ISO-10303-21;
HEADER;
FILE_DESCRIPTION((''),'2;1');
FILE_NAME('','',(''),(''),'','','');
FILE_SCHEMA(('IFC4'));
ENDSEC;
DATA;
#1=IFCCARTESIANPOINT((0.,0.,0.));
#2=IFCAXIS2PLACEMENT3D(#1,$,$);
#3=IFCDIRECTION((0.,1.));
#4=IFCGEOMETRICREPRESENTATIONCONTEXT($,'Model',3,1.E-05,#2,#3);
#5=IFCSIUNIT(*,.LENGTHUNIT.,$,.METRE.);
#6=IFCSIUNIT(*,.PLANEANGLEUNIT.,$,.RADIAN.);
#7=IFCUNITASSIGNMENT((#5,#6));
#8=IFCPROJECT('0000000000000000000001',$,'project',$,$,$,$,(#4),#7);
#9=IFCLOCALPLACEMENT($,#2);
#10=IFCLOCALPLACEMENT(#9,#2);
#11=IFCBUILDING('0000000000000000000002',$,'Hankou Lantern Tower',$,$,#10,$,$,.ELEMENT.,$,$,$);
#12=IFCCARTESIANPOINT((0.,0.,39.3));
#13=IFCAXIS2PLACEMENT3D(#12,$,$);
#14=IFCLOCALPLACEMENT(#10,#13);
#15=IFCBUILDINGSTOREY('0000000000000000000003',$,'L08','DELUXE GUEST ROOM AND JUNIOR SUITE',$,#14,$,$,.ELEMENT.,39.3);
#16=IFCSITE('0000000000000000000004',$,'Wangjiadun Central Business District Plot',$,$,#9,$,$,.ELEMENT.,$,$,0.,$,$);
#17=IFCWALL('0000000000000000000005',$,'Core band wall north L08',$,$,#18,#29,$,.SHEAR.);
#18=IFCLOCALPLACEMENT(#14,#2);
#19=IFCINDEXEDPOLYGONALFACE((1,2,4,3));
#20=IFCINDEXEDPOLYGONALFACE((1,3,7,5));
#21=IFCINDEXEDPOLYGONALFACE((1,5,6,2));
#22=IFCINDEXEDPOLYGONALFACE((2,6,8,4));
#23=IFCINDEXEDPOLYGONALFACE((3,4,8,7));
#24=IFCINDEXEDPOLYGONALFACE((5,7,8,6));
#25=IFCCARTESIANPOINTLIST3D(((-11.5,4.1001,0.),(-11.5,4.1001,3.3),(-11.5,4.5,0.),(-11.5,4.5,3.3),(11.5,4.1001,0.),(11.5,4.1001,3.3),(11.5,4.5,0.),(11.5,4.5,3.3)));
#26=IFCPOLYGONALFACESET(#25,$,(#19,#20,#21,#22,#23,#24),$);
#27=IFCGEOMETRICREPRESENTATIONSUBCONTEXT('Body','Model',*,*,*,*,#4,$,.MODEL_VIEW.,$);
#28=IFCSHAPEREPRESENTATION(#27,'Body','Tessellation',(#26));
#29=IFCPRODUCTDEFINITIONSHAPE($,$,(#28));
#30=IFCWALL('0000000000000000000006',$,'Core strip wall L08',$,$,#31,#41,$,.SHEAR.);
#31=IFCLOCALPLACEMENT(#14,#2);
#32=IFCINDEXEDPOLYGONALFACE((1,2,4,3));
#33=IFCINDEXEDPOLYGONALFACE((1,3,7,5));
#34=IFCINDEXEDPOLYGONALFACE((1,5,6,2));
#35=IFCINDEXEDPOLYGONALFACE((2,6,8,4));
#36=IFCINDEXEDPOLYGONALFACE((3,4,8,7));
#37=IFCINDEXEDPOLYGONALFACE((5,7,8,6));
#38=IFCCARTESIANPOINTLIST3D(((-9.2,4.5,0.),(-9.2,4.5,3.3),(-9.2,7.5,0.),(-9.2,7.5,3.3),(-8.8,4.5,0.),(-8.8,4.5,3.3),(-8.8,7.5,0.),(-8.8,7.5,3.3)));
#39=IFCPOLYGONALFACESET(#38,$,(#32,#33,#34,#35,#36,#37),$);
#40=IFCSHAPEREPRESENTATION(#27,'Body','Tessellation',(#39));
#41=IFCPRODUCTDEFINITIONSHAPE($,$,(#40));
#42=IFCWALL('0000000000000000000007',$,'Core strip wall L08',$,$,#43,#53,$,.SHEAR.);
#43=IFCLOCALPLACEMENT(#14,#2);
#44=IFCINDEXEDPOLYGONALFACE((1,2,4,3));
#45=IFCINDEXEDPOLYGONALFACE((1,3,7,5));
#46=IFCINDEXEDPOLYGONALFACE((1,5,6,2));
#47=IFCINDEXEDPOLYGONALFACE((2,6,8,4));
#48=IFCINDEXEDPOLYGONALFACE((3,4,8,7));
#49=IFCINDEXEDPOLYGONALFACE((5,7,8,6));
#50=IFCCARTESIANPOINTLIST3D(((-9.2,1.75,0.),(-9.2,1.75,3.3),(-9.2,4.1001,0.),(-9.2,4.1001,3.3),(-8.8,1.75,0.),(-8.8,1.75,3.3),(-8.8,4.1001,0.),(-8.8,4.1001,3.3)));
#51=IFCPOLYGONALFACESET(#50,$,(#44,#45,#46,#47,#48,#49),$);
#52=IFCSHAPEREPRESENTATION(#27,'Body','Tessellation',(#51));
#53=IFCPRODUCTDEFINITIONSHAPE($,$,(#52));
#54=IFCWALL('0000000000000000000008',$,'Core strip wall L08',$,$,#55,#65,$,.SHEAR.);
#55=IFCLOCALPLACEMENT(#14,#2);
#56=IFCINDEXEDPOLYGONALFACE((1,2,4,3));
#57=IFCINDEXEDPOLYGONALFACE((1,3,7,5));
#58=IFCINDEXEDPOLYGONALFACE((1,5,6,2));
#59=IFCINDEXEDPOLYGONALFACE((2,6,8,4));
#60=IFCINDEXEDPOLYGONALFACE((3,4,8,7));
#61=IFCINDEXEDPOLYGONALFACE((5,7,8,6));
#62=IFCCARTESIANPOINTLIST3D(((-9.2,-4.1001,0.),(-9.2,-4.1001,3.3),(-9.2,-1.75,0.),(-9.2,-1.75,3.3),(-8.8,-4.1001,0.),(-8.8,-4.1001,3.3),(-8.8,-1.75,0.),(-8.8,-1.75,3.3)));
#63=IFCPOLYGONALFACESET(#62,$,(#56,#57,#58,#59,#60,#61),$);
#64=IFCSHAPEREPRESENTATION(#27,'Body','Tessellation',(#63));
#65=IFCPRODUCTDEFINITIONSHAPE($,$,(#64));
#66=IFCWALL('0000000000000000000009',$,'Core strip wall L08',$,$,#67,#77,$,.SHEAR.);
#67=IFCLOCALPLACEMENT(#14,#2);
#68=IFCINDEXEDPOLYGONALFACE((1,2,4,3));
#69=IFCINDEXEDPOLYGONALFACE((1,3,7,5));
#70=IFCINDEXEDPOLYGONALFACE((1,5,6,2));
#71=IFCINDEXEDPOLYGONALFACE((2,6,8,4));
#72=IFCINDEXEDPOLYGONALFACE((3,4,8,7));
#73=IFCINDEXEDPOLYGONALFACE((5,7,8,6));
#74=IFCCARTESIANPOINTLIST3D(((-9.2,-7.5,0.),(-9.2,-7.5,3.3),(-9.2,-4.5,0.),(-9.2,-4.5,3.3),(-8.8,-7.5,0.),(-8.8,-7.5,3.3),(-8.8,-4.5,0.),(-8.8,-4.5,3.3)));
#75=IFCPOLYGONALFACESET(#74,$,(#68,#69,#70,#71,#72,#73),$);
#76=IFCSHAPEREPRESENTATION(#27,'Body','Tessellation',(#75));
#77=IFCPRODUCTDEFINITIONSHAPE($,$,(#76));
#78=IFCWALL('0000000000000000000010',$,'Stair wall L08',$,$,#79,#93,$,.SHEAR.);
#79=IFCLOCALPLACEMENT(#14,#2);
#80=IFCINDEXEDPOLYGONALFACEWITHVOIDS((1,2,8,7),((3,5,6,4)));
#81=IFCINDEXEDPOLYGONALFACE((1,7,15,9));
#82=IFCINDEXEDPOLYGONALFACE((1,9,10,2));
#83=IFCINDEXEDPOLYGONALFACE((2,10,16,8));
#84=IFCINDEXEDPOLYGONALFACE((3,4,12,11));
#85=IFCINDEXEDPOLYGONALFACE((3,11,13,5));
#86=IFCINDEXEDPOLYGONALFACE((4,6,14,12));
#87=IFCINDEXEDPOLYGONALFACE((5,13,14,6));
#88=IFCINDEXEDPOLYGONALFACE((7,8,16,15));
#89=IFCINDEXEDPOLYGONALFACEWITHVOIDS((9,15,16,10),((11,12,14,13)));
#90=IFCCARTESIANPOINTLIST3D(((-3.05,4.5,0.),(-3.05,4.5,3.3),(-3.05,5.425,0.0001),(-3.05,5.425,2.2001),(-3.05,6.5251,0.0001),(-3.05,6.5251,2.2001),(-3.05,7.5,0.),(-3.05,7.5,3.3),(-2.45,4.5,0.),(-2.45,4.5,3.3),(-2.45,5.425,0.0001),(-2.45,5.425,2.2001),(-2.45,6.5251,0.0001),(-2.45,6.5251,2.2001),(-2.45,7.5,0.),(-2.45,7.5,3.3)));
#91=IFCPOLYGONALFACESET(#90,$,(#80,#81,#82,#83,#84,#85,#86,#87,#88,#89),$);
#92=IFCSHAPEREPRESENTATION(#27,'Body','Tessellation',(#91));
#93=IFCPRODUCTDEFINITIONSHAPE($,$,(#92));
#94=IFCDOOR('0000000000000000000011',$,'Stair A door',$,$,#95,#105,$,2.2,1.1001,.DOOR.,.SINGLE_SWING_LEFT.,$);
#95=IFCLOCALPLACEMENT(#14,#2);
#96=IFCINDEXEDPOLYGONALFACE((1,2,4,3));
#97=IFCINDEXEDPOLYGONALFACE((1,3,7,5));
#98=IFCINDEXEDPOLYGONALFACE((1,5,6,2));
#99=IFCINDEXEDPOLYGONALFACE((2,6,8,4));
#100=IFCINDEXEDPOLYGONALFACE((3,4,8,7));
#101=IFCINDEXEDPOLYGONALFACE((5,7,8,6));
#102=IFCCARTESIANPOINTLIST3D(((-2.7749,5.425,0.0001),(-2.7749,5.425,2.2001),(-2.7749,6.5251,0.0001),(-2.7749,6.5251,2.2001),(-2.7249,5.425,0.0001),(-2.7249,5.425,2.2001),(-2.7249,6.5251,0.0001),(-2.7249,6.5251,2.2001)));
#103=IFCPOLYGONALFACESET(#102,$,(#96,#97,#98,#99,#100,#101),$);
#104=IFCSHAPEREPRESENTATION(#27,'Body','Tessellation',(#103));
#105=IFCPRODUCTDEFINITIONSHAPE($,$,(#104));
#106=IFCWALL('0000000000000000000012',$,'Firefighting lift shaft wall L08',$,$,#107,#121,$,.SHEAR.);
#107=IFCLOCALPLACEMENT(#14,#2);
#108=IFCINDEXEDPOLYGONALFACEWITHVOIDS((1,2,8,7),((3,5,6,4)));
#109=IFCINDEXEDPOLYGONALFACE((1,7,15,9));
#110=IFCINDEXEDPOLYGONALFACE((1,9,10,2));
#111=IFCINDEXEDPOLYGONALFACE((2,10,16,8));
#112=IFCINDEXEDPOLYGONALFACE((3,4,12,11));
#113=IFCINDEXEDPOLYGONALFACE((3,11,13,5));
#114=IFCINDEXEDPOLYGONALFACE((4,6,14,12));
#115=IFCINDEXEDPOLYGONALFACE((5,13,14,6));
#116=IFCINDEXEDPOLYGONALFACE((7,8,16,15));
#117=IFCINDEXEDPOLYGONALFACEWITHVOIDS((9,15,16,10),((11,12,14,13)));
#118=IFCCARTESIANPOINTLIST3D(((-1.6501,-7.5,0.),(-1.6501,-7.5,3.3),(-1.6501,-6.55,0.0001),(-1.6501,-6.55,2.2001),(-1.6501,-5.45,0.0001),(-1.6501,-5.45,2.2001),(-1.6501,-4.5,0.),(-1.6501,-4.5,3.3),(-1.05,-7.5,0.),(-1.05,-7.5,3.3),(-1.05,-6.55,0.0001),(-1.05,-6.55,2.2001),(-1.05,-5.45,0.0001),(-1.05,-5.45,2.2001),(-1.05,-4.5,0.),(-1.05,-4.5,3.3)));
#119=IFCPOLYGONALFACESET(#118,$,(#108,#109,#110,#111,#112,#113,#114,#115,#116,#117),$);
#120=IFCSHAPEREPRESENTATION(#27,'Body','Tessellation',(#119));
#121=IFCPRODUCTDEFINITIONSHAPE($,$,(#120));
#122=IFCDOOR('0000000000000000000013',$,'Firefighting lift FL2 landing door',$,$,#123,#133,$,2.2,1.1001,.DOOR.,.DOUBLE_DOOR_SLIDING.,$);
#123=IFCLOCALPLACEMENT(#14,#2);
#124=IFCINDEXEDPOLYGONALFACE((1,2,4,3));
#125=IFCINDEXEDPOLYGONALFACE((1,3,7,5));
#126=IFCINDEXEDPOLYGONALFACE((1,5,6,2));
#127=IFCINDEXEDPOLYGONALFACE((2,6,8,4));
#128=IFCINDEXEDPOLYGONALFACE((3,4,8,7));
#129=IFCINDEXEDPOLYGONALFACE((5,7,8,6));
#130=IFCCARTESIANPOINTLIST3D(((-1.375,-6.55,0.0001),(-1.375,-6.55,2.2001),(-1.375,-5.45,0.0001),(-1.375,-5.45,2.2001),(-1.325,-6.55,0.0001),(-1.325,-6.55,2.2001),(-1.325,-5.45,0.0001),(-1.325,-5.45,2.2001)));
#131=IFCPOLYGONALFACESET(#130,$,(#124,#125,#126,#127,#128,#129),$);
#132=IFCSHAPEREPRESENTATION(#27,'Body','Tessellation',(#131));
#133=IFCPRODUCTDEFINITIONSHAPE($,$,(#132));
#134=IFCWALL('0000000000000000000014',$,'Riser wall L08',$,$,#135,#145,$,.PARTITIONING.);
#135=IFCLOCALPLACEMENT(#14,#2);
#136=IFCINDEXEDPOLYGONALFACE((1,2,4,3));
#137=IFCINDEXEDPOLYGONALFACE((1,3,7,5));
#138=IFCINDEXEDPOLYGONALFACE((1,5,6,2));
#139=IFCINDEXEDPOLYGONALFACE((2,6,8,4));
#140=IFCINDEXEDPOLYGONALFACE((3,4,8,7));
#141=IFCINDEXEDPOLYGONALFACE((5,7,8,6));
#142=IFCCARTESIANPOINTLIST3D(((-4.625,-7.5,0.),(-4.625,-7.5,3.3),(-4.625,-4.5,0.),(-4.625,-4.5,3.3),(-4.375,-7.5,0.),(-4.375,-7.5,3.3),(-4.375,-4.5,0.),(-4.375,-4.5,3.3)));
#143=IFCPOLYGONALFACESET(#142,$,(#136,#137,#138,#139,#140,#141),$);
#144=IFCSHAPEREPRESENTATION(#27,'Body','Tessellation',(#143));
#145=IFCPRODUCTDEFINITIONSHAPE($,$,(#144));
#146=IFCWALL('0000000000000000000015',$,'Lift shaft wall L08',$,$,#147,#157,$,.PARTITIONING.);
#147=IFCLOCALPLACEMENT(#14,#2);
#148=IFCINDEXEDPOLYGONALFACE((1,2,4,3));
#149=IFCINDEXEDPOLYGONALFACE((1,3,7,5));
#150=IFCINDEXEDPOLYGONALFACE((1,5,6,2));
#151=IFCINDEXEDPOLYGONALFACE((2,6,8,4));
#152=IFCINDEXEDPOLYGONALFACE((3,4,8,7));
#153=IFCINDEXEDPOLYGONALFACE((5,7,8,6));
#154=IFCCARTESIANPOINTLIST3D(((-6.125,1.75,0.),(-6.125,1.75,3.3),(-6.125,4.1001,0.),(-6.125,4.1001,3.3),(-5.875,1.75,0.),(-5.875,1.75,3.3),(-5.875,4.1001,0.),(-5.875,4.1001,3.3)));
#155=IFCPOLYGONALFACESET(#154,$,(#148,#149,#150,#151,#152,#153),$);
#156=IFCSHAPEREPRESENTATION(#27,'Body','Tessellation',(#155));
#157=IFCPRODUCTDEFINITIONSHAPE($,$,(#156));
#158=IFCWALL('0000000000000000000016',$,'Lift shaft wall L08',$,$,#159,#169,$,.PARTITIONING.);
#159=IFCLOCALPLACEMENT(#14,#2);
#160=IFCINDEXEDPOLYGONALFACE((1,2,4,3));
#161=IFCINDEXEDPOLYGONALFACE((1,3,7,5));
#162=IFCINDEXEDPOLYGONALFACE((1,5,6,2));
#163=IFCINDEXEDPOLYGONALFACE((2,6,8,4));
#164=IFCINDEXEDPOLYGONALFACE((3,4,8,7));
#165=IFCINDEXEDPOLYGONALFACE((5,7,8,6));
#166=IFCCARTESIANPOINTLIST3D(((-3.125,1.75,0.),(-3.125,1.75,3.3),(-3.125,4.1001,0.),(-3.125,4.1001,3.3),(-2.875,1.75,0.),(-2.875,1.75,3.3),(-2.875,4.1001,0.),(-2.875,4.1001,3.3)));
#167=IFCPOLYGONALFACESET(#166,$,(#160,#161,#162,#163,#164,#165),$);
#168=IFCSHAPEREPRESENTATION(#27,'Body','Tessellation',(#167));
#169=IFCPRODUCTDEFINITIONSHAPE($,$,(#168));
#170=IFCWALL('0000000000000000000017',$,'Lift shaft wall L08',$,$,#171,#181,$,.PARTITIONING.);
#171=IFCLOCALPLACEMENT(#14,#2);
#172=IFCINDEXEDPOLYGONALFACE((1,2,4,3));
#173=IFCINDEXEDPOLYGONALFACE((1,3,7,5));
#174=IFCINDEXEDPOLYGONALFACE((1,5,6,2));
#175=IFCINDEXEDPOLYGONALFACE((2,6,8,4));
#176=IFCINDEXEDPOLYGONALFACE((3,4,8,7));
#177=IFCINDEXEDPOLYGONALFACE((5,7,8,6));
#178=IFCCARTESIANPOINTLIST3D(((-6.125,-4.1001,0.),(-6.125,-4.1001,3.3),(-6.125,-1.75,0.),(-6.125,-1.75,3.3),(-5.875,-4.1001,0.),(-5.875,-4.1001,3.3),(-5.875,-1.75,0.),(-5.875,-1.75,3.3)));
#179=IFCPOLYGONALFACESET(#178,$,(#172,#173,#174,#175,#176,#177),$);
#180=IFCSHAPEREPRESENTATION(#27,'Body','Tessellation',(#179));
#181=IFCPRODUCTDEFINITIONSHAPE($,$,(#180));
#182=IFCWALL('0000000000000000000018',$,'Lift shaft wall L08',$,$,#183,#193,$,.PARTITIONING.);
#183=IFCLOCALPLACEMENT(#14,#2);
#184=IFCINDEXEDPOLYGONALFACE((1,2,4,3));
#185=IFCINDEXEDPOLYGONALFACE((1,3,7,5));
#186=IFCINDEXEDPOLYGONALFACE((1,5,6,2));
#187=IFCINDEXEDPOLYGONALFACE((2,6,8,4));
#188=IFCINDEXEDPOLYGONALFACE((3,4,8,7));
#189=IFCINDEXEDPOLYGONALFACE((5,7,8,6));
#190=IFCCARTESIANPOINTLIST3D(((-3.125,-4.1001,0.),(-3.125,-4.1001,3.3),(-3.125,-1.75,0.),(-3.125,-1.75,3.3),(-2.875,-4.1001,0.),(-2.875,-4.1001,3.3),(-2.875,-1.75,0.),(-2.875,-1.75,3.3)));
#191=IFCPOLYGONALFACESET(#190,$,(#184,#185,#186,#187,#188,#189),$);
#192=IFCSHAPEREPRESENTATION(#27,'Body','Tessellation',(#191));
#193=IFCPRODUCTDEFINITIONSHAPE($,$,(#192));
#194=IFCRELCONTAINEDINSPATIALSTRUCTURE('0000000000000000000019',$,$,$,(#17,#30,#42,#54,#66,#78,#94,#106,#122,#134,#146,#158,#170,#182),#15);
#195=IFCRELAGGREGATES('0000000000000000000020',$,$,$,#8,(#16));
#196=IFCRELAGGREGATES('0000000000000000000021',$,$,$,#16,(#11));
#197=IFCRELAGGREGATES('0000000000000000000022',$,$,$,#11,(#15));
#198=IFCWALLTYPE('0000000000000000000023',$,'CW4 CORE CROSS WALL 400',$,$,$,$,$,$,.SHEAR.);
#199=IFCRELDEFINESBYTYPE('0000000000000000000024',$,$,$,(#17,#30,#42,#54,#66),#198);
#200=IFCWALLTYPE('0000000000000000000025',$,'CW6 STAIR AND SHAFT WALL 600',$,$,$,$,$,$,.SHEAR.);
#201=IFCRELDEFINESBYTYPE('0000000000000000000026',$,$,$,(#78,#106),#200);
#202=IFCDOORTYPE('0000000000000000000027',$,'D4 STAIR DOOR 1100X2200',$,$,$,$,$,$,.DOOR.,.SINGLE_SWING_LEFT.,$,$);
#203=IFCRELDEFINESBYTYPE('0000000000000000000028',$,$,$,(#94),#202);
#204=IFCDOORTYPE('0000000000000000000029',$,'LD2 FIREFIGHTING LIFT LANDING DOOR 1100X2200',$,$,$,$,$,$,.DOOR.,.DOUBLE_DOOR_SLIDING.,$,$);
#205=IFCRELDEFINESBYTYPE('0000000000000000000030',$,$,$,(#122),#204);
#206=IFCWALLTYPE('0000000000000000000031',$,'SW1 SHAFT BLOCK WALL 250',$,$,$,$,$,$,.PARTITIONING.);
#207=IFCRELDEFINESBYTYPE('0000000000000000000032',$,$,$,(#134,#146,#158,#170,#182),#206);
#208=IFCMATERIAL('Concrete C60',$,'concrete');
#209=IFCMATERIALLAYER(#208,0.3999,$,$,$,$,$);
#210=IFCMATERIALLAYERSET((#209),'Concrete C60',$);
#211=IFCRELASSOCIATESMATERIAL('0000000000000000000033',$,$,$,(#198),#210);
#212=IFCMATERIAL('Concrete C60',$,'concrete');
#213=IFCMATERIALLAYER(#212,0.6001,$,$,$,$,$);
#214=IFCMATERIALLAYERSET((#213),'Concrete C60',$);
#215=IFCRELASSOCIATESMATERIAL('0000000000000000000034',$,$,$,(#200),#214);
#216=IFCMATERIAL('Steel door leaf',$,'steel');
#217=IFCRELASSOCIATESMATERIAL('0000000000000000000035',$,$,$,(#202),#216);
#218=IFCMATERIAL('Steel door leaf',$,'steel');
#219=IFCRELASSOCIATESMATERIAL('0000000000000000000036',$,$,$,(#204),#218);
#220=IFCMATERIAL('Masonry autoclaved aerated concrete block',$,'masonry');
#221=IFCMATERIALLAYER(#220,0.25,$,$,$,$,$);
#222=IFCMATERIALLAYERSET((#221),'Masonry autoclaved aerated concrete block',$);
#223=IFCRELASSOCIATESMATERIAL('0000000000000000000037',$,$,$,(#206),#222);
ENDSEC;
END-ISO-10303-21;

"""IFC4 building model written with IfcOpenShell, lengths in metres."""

from ifc_helpers import new_model, si_unit, direction, frame, frame_2d, origin, place, context, subcontext, project, spatial, rectangle, extrude, material, layer, layer_set, type_object, element, fill, save


model = new_model("IFC4")

# Units and contexts
model_context = context("Model", 3, precision=1e-05, world=origin(), true_north=direction((0.0, 1.0)))
body_context = subcontext(model_context, "Body", "Model", "MODEL_VIEW")
ifc_project = project(units=[si_unit("LENGTHUNIT", "METRE"), si_unit("PLANEANGLEUNIT", "RADIAN")], contexts=[model_context])

# Site, building, storey
site_placement = place(None, origin())
site = spatial("IfcSite", under=ifc_project, at=site_placement, Name="Wangjiadun Central Business District Plot", CompositionType="ELEMENT", RefElevation=0.0)
building_placement = place(site_placement, origin())
building = spatial("IfcBuilding", under=site, at=building_placement, Name="Hankou Lantern Tower", CompositionType="ELEMENT")
storey_placement = place(building_placement, frame((0.0, 0.0, 39.3)))
storey = spatial("IfcBuildingStorey", under=building, at=storey_placement, Name="L08", Description="DELUXE GUEST ROOM AND JUNIOR SUITE", CompositionType="ELEMENT", Elevation=39.3)

# Walls
ifc_material_1 = material(Name="Concrete C60", Category="concrete")
ifc_layer_1 = layer(ifc_material_1, 0.3999)
ifc_layer_set_1 = layer_set([ifc_layer_1], Name="Concrete C60")
wall_type_1 = type_object("IfcWallType", Name="CW4 CORE CROSS WALL 400", PredefinedType="SHEAR", material=ifc_layer_set_1)
wall_1_placement = place(storey_placement, frame((-11.5, 4.3, 0.0), z_axis=(0.0, 0.0, 1.0), x_axis=(1.0, 0.0, 0.0)))
element("IfcWall", 1, at=wall_1_placement, inside=storey, type_object=wall_type_1, Name="Core band wall north L08", PredefinedType="SHEAR", context=body_context, shape_type="SweptSolid", body=[
    extrude(rectangle(XDim=23.0, YDim=0.3999, at=frame_2d((11.5, 0.0))), origin(), (0.0, 0.0, 1.0), 3.3),
])
wall_2_placement = place(storey_placement, frame((-9.0, 4.5, 0.0), z_axis=(0.0, 0.0, 1.0), x_axis=(0.0, 1.0, 0.0)))
element("IfcWall", 2, at=wall_2_placement, inside=storey, type_object=wall_type_1, Name="Core strip wall L08", PredefinedType="SHEAR", context=body_context, shape_type="SweptSolid", body=[
    extrude(rectangle(XDim=3.0, YDim=0.3999, at=frame_2d((1.5, 0.0))), origin(), (0.0, 0.0, 1.0), 3.3),
])
for number, where, z_axis, x_axis, name in (
    (3, (-9.0, 1.75, 0.0), (0.0, 0.0, 1.0), (0.0, 1.0, 0.0), "Core strip wall L08"),
    (4, (-9.0, -4.1001, 0.0), (0.0, 0.0, 1.0), (0.0, 1.0, 0.0), "Core strip wall L08"),
):
    element("IfcWall", number, at=place(storey_placement, frame(where, z_axis=z_axis, x_axis=x_axis)), inside=storey, type_object=wall_type_1, Name=name, PredefinedType="SHEAR", context=body_context, shape_type="SweptSolid", body=[
        extrude(rectangle(XDim=2.3501, YDim=0.3999, at=frame_2d((1.175, 0.0))), origin(), (0.0, 0.0, 1.0), 3.3),
    ])
wall_3_placement = place(storey_placement, frame((-9.0, -7.5, 0.0), z_axis=(0.0, 0.0, 1.0), x_axis=(0.0, 1.0, 0.0)))
element("IfcWall", 5, at=wall_3_placement, inside=storey, type_object=wall_type_1, Name="Core strip wall L08", PredefinedType="SHEAR", context=body_context, shape_type="SweptSolid", body=[
    extrude(rectangle(XDim=3.0, YDim=0.3999, at=frame_2d((1.5, 0.0))), origin(), (0.0, 0.0, 1.0), 3.3),
])

# Walls, openings, doors
ifc_material_2 = material(Name="Concrete C60", Category="concrete")
ifc_layer_2 = layer(ifc_material_2, 0.6001)
ifc_layer_set_2 = layer_set([ifc_layer_2], Name="Concrete C60")
wall_type_2 = type_object("IfcWallType", Name="CW6 STAIR AND SHAFT WALL 600", PredefinedType="SHEAR", material=ifc_layer_set_2)
wall_4_placement = place(storey_placement, frame((-2.75, 4.5, 0.0), z_axis=(0.0, 0.0, 1.0), x_axis=(0.0, 1.0, 0.0)))
wall_4 = element("IfcWall", 6, at=wall_4_placement, inside=storey, type_object=wall_type_2, Name="Stair wall L08", PredefinedType="SHEAR", context=body_context, shape_type="SweptSolid", body=[
    extrude(rectangle(XDim=3.0, YDim=0.6001, at=frame_2d((1.5, 0.0))), origin(), (0.0, 0.0, 1.0), 3.3),
])
opening_1_placement = place(wall_4_placement, frame((0.925, 0.0, 0.0)))
opening_1 = element("IfcOpeningElement", 7, at=opening_1_placement, cuts=wall_4, PredefinedType="OPENING", context=body_context, shape_type="SweptSolid", body=[
    extrude(rectangle(XDim=1.1001, YDim=2.2, at=frame_2d((0.55, 1.1001))), frame((0.0, 0.3101, 0.0), z_axis=(0.0, -1.0, 0.0), x_axis=(1.0, 0.0, 0.0)), (0.0, 0.0, 1.0), 0.6201),
])
ifc_material_3 = material(Name="Steel door leaf", Category="steel")
door_type_1 = type_object("IfcDoorType", Name="D4 STAIR DOOR 1100X2200", OperationType="SINGLE_SWING_LEFT", PredefinedType="DOOR", material=ifc_material_3)
door_1_placement = place(opening_1_placement, origin())
door_1 = element("IfcDoor", 8, at=door_1_placement, inside=storey, type_object=door_type_1, Name="Stair A door", OperationType="SINGLE_SWING_LEFT", OverallHeight=2.2, OverallWidth=1.1001, PredefinedType="DOOR", context=body_context, shape_type="SweptSolid", body=[
    extrude(rectangle(XDim=1.1001, YDim=2.2, at=frame_2d((0.55, 1.1001))), frame((0.0, 0.0249, 0.0), z_axis=(0.0, -1.0, 0.0), x_axis=(1.0, 0.0, 0.0)), (0.0, 0.0, 1.0), 0.05),
])
fill(opening_1, door_1)
wall_5_placement = place(storey_placement, frame((-1.3501, -7.5, 0.0), z_axis=(0.0, 0.0, 1.0), x_axis=(0.0, 1.0, 0.0)))
wall_5 = element("IfcWall", 9, at=wall_5_placement, inside=storey, type_object=wall_type_2, Name="Firefighting lift shaft wall L08", PredefinedType="SHEAR", context=body_context, shape_type="SweptSolid", body=[
    extrude(rectangle(XDim=3.0, YDim=0.6001, at=frame_2d((1.5, 0.0))), origin(), (0.0, 0.0, 1.0), 3.3),
])
opening_2_placement = place(wall_5_placement, frame((0.95, 0.0, 0.0)))
opening_2 = element("IfcOpeningElement", 10, at=opening_2_placement, cuts=wall_5, PredefinedType="OPENING", context=body_context, shape_type="SweptSolid", body=[
    extrude(rectangle(XDim=1.1001, YDim=2.2, at=frame_2d((0.55, 1.1001))), frame((0.0, 0.3101, 0.0), z_axis=(0.0, -1.0, 0.0), x_axis=(1.0, 0.0, 0.0)), (0.0, 0.0, 1.0), 0.6201),
])
ifc_material_4 = material(Name="Steel door leaf", Category="steel")
door_type_2 = type_object("IfcDoorType", Name="LD2 FIREFIGHTING LIFT LANDING DOOR 1100X2200", OperationType="DOUBLE_DOOR_SLIDING", PredefinedType="DOOR", material=ifc_material_4)
door_2_placement = place(opening_2_placement, origin())
door_2 = element("IfcDoor", 11, at=door_2_placement, inside=storey, type_object=door_type_2, Name="Firefighting lift FL2 landing door", OperationType="DOUBLE_DOOR_SLIDING", OverallHeight=2.2, OverallWidth=1.1001, PredefinedType="DOOR", context=body_context, shape_type="SweptSolid", body=[
    extrude(rectangle(XDim=1.1001, YDim=2.2, at=frame_2d((0.55, 1.1001))), frame((0.0, 0.0249, 0.0), z_axis=(0.0, -1.0, 0.0), x_axis=(1.0, 0.0, 0.0)), (0.0, 0.0, 1.0), 0.05),
])
fill(opening_2, door_2)

# Walls
ifc_material_5 = material(Name="Masonry autoclaved aerated concrete block", Category="masonry")
ifc_layer_3 = layer(ifc_material_5, 0.25)
ifc_layer_set_3 = layer_set([ifc_layer_3], Name="Masonry autoclaved aerated concrete block")
wall_type_3 = type_object("IfcWallType", Name="SW1 SHAFT BLOCK WALL 250", PredefinedType="PARTITIONING", material=ifc_layer_set_3)
wall_6_placement = place(storey_placement, frame((-4.5, -7.5, 0.0), z_axis=(0.0, 0.0, 1.0), x_axis=(0.0, 1.0, 0.0)))
element("IfcWall", 12, at=wall_6_placement, inside=storey, type_object=wall_type_3, Name="Riser wall L08", PredefinedType="PARTITIONING", context=body_context, shape_type="SweptSolid", body=[
    extrude(rectangle(XDim=3.0, YDim=0.25, at=frame_2d((1.5, 0.0))), origin(), (0.0, 0.0, 1.0), 3.3),
])
for number, where, z_axis, x_axis, name in (
    (13, (-6.0, 1.75, 0.0), (0.0, 0.0, 1.0), (0.0, 1.0, 0.0), "Lift shaft wall L08"),
    (14, (-3.0, 1.75, 0.0), (0.0, 0.0, 1.0), (0.0, 1.0, 0.0), "Lift shaft wall L08"),
    (15, (-6.0, -4.1001, 0.0), (0.0, 0.0, 1.0), (0.0, 1.0, 0.0), "Lift shaft wall L08"),
    (16, (-3.0, -4.1001, 0.0), (0.0, 0.0, 1.0), (0.0, 1.0, 0.0), "Lift shaft wall L08"),
):
    element("IfcWall", number, at=place(storey_placement, frame(where, z_axis=z_axis, x_axis=x_axis)), inside=storey, type_object=wall_type_3, Name=name, PredefinedType="PARTITIONING", context=body_context, shape_type="SweptSolid", body=[
        extrude(rectangle(XDim=2.3501, YDim=0.25, at=frame_2d((1.175, 0.0))), origin(), (0.0, 0.0, 1.0), 3.3),
    ])

save(model, "model.ifc")
